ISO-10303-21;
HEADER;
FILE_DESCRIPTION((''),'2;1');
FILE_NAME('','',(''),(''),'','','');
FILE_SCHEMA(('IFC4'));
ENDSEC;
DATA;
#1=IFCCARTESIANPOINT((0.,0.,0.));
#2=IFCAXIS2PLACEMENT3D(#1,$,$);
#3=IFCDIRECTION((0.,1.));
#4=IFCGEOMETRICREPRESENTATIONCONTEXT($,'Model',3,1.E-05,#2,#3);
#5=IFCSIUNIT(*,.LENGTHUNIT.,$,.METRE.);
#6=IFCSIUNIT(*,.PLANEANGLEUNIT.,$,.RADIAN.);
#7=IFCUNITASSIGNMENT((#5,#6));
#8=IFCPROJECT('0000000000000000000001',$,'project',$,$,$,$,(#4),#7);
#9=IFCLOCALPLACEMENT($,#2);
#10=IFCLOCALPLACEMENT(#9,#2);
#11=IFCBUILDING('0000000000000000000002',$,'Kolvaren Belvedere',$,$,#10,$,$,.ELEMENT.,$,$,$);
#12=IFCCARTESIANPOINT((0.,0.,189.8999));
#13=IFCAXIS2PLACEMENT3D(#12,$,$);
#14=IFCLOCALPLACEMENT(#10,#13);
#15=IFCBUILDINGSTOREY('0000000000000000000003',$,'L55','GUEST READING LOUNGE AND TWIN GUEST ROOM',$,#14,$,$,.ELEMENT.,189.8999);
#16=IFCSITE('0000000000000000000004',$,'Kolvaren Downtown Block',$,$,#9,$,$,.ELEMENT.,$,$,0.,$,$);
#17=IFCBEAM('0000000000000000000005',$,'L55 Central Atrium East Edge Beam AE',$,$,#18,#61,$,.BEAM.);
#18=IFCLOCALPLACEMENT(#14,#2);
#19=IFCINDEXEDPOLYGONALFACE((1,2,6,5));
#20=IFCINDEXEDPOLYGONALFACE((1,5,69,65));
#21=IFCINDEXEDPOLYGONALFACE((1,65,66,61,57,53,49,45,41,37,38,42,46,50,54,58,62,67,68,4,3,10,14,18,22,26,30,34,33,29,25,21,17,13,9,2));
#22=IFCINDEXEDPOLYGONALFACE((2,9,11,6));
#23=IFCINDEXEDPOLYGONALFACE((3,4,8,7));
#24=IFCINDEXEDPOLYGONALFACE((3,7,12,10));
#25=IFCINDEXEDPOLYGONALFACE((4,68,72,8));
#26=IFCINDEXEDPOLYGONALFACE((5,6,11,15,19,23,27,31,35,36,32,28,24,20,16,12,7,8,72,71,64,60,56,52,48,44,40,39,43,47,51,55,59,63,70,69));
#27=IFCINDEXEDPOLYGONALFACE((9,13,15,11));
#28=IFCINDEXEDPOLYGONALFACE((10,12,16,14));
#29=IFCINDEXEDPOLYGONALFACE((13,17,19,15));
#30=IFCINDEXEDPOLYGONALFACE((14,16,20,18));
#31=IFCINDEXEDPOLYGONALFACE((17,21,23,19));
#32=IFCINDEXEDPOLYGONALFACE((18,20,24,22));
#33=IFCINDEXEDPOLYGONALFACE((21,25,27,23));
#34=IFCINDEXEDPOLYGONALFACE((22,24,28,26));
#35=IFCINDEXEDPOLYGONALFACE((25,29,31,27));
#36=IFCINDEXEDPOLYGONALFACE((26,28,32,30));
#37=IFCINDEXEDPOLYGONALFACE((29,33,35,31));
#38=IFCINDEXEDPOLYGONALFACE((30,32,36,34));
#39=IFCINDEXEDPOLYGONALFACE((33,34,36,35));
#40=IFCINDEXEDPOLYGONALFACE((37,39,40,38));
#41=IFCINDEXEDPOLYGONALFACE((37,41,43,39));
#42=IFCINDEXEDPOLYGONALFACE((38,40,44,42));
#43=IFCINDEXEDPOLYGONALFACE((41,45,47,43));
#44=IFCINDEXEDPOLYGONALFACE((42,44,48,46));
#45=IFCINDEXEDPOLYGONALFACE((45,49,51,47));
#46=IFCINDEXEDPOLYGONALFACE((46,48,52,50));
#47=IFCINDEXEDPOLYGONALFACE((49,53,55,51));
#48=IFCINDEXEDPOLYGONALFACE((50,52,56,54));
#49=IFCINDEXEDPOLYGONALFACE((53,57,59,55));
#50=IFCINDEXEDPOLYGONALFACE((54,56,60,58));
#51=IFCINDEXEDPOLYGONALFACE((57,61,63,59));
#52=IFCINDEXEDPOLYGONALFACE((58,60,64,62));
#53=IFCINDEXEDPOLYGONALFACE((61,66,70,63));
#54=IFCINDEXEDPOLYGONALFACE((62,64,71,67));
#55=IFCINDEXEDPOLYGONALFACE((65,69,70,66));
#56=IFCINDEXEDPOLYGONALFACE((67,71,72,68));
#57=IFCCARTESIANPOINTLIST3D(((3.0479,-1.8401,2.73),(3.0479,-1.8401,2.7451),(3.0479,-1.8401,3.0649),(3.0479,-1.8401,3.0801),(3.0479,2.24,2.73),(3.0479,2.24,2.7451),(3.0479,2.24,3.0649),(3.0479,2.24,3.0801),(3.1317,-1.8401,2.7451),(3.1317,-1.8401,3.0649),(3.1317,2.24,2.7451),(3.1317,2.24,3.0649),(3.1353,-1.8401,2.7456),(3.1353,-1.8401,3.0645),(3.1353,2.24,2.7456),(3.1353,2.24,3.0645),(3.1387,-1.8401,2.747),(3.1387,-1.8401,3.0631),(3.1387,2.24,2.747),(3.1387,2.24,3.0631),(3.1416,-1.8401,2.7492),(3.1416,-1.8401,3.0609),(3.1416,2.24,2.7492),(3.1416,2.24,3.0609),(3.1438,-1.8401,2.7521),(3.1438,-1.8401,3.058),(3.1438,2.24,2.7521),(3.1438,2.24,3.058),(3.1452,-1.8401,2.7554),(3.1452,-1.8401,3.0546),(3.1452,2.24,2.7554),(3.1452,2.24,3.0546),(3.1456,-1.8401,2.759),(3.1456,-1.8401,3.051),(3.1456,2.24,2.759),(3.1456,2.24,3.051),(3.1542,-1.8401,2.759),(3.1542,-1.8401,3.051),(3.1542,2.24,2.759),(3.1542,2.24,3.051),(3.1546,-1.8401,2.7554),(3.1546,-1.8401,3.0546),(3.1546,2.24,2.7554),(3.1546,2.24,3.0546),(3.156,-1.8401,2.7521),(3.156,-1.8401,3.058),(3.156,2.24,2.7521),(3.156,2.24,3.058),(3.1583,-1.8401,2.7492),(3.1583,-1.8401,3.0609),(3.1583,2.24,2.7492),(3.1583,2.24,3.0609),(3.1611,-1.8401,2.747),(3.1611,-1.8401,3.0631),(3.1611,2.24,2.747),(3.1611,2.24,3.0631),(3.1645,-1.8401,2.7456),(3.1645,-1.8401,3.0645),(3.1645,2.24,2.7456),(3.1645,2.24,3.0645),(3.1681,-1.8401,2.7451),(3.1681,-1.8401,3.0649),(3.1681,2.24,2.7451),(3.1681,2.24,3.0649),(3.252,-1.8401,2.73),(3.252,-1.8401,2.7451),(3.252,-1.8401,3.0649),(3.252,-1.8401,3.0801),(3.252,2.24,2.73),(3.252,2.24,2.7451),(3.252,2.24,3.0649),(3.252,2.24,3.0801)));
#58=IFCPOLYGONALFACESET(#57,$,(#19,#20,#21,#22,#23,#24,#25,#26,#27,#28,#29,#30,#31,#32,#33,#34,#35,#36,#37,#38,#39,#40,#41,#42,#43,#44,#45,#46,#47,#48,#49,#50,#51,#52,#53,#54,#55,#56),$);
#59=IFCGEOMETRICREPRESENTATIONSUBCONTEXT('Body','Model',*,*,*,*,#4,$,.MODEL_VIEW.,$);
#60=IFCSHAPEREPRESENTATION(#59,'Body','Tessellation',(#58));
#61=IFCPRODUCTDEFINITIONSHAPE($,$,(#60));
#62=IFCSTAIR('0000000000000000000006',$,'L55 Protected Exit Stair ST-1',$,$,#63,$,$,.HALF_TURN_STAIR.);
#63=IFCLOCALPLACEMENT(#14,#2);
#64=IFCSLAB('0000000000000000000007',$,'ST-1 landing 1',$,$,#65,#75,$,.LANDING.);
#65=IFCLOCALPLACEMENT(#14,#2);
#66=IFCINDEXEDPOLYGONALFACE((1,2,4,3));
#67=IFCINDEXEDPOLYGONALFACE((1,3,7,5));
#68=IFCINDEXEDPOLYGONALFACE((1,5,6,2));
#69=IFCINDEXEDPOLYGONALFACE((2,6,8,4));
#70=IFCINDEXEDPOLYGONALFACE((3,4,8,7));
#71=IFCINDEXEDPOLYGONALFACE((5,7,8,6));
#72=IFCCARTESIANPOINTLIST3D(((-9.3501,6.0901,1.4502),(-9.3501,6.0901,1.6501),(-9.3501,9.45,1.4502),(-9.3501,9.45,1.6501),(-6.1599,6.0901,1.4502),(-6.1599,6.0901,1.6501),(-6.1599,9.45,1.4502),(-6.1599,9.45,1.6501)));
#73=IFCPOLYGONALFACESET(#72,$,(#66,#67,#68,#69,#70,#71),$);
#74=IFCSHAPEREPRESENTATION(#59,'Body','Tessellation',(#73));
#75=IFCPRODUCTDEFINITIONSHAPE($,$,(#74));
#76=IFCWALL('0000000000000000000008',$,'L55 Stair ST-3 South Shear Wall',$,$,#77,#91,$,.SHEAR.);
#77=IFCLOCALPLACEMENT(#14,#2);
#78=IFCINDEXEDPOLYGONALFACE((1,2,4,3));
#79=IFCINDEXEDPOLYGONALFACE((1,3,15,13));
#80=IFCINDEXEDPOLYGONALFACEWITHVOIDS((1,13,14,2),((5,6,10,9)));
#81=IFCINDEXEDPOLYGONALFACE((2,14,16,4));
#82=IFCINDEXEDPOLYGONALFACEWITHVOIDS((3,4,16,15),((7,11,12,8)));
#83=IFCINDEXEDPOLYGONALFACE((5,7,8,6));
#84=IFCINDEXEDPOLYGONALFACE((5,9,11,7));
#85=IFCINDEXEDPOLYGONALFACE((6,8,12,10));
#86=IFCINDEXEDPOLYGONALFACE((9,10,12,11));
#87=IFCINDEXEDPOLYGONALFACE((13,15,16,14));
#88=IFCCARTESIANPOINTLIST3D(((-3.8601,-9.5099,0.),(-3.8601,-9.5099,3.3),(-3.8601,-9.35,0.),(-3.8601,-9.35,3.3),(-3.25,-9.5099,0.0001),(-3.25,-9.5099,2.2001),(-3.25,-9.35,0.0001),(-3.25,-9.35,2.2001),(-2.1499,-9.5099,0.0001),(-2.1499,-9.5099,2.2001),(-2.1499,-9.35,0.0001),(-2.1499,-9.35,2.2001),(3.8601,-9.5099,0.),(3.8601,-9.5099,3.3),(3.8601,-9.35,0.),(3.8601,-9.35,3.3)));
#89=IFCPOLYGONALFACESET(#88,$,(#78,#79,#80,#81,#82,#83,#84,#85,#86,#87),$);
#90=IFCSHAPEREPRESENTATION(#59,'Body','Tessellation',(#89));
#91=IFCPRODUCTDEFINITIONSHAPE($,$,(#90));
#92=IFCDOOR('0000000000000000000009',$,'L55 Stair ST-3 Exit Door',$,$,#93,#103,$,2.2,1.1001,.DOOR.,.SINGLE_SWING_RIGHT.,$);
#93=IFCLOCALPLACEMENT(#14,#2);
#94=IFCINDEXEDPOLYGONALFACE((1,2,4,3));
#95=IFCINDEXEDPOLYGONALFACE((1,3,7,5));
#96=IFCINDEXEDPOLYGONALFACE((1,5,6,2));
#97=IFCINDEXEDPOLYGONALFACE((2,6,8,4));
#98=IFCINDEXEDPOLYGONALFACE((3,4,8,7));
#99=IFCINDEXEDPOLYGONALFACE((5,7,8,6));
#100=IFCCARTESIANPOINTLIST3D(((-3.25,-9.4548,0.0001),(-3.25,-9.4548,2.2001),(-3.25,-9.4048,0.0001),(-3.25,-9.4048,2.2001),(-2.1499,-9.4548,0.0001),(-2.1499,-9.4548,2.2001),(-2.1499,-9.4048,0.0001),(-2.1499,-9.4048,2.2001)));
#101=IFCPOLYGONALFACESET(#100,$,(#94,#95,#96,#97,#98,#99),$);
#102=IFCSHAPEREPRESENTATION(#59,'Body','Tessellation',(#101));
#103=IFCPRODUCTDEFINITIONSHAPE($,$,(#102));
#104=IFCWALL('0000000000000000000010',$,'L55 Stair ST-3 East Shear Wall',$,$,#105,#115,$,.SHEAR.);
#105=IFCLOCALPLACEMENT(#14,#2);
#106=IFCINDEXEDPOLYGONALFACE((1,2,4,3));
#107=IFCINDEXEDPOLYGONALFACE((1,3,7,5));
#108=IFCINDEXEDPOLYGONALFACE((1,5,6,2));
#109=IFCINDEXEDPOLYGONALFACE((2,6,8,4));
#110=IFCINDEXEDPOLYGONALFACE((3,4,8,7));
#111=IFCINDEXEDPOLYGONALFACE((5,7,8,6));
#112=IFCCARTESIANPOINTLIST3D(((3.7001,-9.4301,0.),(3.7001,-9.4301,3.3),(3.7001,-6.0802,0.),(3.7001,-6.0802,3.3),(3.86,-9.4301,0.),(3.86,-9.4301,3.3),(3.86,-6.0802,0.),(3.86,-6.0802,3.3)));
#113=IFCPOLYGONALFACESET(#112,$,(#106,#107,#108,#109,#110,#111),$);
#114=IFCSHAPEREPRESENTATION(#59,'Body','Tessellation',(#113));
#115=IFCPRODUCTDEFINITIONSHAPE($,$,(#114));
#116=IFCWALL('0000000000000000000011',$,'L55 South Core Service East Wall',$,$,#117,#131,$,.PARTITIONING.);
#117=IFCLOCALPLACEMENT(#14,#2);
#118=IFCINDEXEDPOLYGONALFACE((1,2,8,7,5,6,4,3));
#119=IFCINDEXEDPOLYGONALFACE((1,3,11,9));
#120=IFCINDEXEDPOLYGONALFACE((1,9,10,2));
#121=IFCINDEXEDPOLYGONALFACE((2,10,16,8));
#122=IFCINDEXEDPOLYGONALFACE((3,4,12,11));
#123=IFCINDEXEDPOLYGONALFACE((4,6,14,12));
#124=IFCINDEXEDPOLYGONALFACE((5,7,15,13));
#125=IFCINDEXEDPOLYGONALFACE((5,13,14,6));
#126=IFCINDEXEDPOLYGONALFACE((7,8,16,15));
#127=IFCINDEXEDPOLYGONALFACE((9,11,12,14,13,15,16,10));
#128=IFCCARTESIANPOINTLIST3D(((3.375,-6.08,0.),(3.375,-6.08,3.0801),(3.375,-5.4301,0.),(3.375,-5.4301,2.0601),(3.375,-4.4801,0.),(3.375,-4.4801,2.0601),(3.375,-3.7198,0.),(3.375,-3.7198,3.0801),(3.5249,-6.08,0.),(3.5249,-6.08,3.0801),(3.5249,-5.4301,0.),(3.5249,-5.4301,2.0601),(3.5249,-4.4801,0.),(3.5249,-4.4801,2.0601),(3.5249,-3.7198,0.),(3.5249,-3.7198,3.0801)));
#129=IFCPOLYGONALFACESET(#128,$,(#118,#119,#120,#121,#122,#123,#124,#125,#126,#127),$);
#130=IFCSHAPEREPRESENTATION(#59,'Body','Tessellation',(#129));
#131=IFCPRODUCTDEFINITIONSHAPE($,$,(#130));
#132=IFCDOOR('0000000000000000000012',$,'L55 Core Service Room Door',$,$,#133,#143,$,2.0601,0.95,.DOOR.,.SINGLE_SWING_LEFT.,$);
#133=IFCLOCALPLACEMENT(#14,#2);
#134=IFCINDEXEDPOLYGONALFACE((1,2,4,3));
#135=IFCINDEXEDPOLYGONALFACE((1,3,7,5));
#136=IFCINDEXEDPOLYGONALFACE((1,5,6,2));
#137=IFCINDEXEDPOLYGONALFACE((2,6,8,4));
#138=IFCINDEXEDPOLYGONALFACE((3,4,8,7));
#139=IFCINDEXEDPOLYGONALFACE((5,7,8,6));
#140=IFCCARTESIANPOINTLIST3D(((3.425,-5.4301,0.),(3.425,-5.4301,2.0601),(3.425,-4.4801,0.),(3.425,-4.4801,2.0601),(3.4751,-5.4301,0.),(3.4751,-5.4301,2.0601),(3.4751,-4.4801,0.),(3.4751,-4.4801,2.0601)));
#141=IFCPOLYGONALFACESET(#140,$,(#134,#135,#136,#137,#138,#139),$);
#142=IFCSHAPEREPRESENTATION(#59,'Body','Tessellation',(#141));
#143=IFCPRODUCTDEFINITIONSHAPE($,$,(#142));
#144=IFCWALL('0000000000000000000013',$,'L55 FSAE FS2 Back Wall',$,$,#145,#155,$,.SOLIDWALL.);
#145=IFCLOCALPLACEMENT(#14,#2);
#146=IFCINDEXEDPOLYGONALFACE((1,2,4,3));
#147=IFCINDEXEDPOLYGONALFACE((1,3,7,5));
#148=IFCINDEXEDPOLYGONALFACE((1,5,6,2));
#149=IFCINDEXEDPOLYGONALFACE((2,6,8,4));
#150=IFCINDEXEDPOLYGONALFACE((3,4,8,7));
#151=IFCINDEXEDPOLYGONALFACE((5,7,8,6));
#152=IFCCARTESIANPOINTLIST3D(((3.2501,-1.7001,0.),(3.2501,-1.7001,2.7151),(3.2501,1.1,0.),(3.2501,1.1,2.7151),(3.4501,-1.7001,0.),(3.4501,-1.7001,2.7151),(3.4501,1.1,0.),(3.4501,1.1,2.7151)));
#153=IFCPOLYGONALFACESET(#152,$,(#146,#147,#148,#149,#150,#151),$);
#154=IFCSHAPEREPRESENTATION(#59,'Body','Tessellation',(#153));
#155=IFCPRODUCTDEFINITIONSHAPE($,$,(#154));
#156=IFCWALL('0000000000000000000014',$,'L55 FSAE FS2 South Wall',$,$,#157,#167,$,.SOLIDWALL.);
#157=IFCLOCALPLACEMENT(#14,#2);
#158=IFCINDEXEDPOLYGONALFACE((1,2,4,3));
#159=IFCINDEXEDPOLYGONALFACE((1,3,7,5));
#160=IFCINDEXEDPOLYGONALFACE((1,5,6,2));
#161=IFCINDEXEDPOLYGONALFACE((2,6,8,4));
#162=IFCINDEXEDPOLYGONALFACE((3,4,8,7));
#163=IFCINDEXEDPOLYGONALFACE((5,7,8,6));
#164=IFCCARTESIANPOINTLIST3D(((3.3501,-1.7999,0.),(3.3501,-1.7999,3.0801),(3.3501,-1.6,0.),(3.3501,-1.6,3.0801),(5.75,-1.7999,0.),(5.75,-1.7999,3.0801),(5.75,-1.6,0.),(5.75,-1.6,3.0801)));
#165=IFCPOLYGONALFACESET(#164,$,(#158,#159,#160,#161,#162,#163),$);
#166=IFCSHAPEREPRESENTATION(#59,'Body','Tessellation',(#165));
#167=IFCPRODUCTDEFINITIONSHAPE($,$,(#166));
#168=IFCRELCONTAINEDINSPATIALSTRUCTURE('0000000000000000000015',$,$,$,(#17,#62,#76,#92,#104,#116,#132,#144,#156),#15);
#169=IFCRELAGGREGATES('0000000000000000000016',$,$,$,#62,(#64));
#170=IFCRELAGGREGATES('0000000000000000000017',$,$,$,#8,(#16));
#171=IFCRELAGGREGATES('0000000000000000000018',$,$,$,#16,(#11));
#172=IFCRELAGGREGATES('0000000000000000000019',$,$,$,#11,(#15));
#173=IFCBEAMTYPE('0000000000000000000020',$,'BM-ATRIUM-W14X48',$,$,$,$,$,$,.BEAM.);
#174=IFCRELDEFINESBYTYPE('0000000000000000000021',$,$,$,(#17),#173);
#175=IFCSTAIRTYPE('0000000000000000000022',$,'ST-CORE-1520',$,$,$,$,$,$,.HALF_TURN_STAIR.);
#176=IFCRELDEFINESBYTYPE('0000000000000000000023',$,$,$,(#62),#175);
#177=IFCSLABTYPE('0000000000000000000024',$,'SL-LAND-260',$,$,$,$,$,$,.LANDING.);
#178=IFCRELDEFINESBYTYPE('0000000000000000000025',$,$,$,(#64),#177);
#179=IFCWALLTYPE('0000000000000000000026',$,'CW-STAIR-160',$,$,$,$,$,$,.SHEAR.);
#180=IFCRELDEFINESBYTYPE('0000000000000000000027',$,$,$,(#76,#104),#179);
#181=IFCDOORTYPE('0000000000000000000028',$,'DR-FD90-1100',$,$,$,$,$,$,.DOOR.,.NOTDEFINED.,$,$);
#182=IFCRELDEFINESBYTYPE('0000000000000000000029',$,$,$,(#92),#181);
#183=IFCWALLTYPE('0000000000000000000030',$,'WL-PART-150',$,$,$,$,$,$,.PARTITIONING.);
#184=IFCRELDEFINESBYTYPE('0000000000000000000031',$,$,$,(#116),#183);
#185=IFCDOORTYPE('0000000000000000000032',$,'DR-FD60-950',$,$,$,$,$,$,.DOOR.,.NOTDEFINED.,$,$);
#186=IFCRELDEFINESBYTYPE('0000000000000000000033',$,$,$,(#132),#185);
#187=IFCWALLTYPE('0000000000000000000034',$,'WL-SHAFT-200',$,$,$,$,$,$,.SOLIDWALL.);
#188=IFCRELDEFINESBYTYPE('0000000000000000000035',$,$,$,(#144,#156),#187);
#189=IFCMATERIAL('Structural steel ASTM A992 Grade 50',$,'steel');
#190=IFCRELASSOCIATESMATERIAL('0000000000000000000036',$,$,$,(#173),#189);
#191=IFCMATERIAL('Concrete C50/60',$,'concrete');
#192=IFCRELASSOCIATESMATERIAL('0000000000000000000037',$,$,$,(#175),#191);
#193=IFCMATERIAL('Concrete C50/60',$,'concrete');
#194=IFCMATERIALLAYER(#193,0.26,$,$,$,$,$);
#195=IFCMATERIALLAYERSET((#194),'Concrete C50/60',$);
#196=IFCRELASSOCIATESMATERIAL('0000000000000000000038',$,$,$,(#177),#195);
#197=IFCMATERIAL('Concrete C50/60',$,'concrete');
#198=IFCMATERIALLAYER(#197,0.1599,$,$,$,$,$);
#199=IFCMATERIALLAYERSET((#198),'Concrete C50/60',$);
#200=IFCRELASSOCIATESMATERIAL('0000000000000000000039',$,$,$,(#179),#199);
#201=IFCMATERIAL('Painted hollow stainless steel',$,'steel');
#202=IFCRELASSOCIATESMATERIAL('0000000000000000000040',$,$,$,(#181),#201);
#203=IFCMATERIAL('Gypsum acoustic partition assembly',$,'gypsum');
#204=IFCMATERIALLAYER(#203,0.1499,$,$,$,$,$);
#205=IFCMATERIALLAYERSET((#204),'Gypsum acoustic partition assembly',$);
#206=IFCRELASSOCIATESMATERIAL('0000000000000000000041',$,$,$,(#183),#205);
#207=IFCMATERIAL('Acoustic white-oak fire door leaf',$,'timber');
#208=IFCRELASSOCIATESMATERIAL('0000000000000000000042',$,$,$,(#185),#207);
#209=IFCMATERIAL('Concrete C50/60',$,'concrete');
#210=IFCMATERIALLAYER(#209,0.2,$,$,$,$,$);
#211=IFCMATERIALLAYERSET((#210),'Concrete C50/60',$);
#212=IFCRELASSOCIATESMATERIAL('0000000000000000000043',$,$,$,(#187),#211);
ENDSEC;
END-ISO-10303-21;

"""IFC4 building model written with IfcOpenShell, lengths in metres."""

from ifc_helpers import new_model, si_unit, direction, frame, frame_2d, origin, origin_2d, place, context, subcontext, project, spatial, polyline, rectangle, i_section, outline, extrude, material, layer, layer_set, material_profile, profile_set, type_object, element, fill, aggregate, save


model = new_model("IFC4")

# Units and contexts
model_context = context("Model", 3, precision=1e-05, world=origin(), true_north=direction((0.0, 1.0)))
body_context = subcontext(model_context, "Body", "Model", "MODEL_VIEW")
ifc_project = project(units=[si_unit("LENGTHUNIT", "METRE"), si_unit("PLANEANGLEUNIT", "RADIAN")], contexts=[model_context])

# Site, building, storey
site_placement = place(None, origin())
site = spatial("IfcSite", under=ifc_project, at=site_placement, Name="Kolvaren Downtown Block", CompositionType="ELEMENT", RefElevation=0.0)
building_placement = place(site_placement, origin())
building = spatial("IfcBuilding", under=site, at=building_placement, Name="Kolvaren Belvedere", CompositionType="ELEMENT")
storey_placement = place(building_placement, frame((0.0, 0.0, 189.8999)))
storey = spatial("IfcBuildingStorey", under=building, at=storey_placement, Name="L55", Description="GUEST READING LOUNGE AND TWIN GUEST ROOM", CompositionType="ELEMENT", Elevation=189.8999)

# Beam
ifc_material_1 = material(Name="Structural steel ASTM A992 Grade 50", Category="steel")
ifc_material_profile = material_profile(ifc_material_1, i_section(OverallWidth=0.2041, OverallDepth=0.3501, WebThickness=0.0085, FlangeThickness=0.0151, FilletRadius=0.0139, at=origin_2d()), Name="W14X48")
ifc_profile_set = profile_set([ifc_material_profile], Name="Structural steel ASTM A992 Grade 50")
beam_type = type_object("IfcBeamType", Name="BM-ATRIUM-W14X48", PredefinedType="BEAM", material=ifc_profile_set)
beam_placement = place(storey_placement, frame((3.1499, -1.8401, 2.905), z_axis=(0.0, 1.0, 0.0), x_axis=(-1.0, 0.0, 0.0)))
element("IfcBeam", 1, at=beam_placement, inside=storey, type_object=beam_type, Name="L55 Central Atrium East Edge Beam AE", PredefinedType="BEAM", context=body_context, shape_type="SweptSolid", body=[
    extrude(i_section(OverallWidth=0.2041, OverallDepth=0.3501, WebThickness=0.0085, FlangeThickness=0.0151, FilletRadius=0.0139, at=origin_2d()), origin(), (0.0, 0.0, 1.0), 4.0801),
])

# Stair, slab
ifc_material_2 = material(Name="Concrete C50/60", Category="concrete")
stair_type = type_object("IfcStairType", Name="ST-CORE-1520", PredefinedType="HALF_TURN_STAIR", material=ifc_material_2)
stair_1_placement = place(storey_placement, origin())
stair_1 = element("IfcStair", 2, at=stair_1_placement, inside=storey, type_object=stair_type, Name="L55 Protected Exit Stair ST-1", PredefinedType="HALF_TURN_STAIR")
ifc_material_3 = material(Name="Concrete C50/60", Category="concrete")
ifc_layer_1 = layer(ifc_material_3, 0.26)
ifc_layer_set_1 = layer_set([ifc_layer_1], Name="Concrete C50/60")
slab_type = type_object("IfcSlabType", Name="SL-LAND-260", PredefinedType="LANDING", material=ifc_layer_set_1)
slab_placement = place(storey_placement, frame((0.0, 0.0, 1.4502)))
slab = element("IfcSlab", 3, at=slab_placement, type_object=slab_type, Name="ST-1 landing 1", PredefinedType="LANDING", context=body_context, shape_type="SweptSolid", body=[
    extrude(outline(polyline([(-6.1599, 6.0901), (-6.1599, 9.45), (-9.3501, 9.45), (-9.3501, 6.0901), (-6.1599, 6.0901)])), origin(), (0.0, 0.0, 1.0), 0.2),
])
aggregate(stair_1, [slab])

# Wall, opening, door
ifc_material_4 = material(Name="Concrete C50/60", Category="concrete")
ifc_layer_2 = layer(ifc_material_4, 0.1599)
ifc_layer_set_2 = layer_set([ifc_layer_2], Name="Concrete C50/60")
wall_type_1 = type_object("IfcWallType", Name="CW-STAIR-160", PredefinedType="SHEAR", material=ifc_layer_set_2)
wall_1_placement = place(storey_placement, frame((3.8601, -9.4299, 0.0), z_axis=(0.0, 0.0, 1.0), x_axis=(-1.0, 0.0, 0.0)))
wall_1 = element("IfcWall", 4, at=wall_1_placement, inside=storey, type_object=wall_type_1, Name="L55 Stair ST-3 South Shear Wall", PredefinedType="SHEAR", context=body_context, shape_type="SweptSolid", body=[
    extrude(rectangle(XDim=7.7202, YDim=0.1599, at=frame_2d((3.8601, 0.0))), origin(), (0.0, 0.0, 1.0), 3.3),
])
opening_1_placement = place(wall_1_placement, frame((6.01, 0.0, 0.0)))
opening_1 = element("IfcOpeningElement", 5, at=opening_1_placement, cuts=wall_1, PredefinedType="OPENING", context=body_context, shape_type="SweptSolid", body=[
    extrude(rectangle(XDim=1.1001, YDim=2.2, at=frame_2d((0.55, 1.1001))), frame((0.0, 0.0898, 0.0), z_axis=(0.0, -1.0, 0.0), x_axis=(1.0, 0.0, 0.0)), (0.0, 0.0, 1.0), 0.1799),
])
ifc_material_5 = material(Name="Painted hollow stainless steel", Category="steel")
door_type_1 = type_object("IfcDoorType", Name="DR-FD90-1100", OperationType="NOTDEFINED", PredefinedType="DOOR", material=ifc_material_5)
door_1_placement = place(opening_1_placement, origin())
door_1 = element("IfcDoor", 6, at=door_1_placement, inside=storey, type_object=door_type_1, Name="L55 Stair ST-3 Exit Door", OperationType="SINGLE_SWING_RIGHT", OverallHeight=2.2, OverallWidth=1.1001, PredefinedType="DOOR", context=body_context, shape_type="SweptSolid", body=[
    extrude(rectangle(XDim=1.1001, YDim=2.2, at=frame_2d((0.55, 1.1001))), frame((0.0, 0.0249, 0.0), z_axis=(0.0, -1.0, 0.0), x_axis=(1.0, 0.0, 0.0)), (0.0, 0.0, 1.0), 0.05),
])
fill(opening_1, door_1)

# Wall
wall_2_placement = place(storey_placement, frame((3.78, -9.4299, 0.0), z_axis=(0.0, 0.0, 1.0), x_axis=(0.0, 1.0, 0.0)))
element("IfcWall", 7, at=wall_2_placement, inside=storey, type_object=wall_type_1, Name="L55 Stair ST-3 East Shear Wall", PredefinedType="SHEAR", context=body_context, shape_type="SweptSolid", body=[
    extrude(rectangle(XDim=3.3499, YDim=0.1599, at=frame_2d((1.6748, 0.0))), origin(), (0.0, 0.0, 1.0), 3.3),
])

# Wall, opening, door
ifc_material_6 = material(Name="Gypsum acoustic partition assembly", Category="gypsum")
ifc_layer_3 = layer(ifc_material_6, 0.1499)
ifc_layer_set_3 = layer_set([ifc_layer_3], Name="Gypsum acoustic partition assembly")
wall_type_2 = type_object("IfcWallType", Name="WL-PART-150", PredefinedType="PARTITIONING", material=ifc_layer_set_3)
wall_3_placement = place(storey_placement, frame((3.45, -6.0801, 0.0), z_axis=(0.0, 0.0, 1.0), x_axis=(0.0, 1.0, 0.0)))
wall_3 = element("IfcWall", 8, at=wall_3_placement, inside=storey, type_object=wall_type_2, Name="L55 South Core Service East Wall", PredefinedType="PARTITIONING", context=body_context, shape_type="SweptSolid", body=[
    extrude(rectangle(XDim=2.3601, YDim=0.1499, at=frame_2d((1.1802, 0.0))), origin(), (0.0, 0.0, 1.0), 3.0801),
])
opening_2_placement = place(wall_3_placement, frame((0.6499, 0.0, 0.0)))
opening_2 = element("IfcOpeningElement", 9, at=opening_2_placement, cuts=wall_3, PredefinedType="OPENING", context=body_context, shape_type="SweptSolid", body=[
    extrude(rectangle(XDim=0.95, YDim=2.0601, at=frame_2d((0.4751, 1.03))), frame((0.0, 0.085, 0.0), z_axis=(0.0, -1.0, 0.0), x_axis=(1.0, 0.0, 0.0)), (0.0, 0.0, 1.0), 0.1699),
])
ifc_material_7 = material(Name="Acoustic white-oak fire door leaf", Category="timber")
door_type_2 = type_object("IfcDoorType", Name="DR-FD60-950", OperationType="NOTDEFINED", PredefinedType="DOOR", material=ifc_material_7)
door_2_placement = place(opening_2_placement, origin())
door_2 = element("IfcDoor", 10, at=door_2_placement, inside=storey, type_object=door_type_2, Name="L55 Core Service Room Door", OperationType="SINGLE_SWING_LEFT", OverallHeight=2.0601, OverallWidth=0.95, PredefinedType="DOOR", context=body_context, shape_type="SweptSolid", body=[
    extrude(rectangle(XDim=0.95, YDim=2.0601, at=frame_2d((0.4751, 1.03))), frame((0.0, 0.0249, 0.0), z_axis=(0.0, -1.0, 0.0), x_axis=(1.0, 0.0, 0.0)), (0.0, 0.0, 1.0), 0.05),
])
fill(opening_2, door_2)

# Walls
ifc_material_8 = material(Name="Concrete C50/60", Category="concrete")
ifc_layer_4 = layer(ifc_material_8, 0.2)
ifc_layer_set_4 = layer_set([ifc_layer_4], Name="Concrete C50/60")
wall_type_3 = type_object("IfcWallType", Name="WL-SHAFT-200", PredefinedType="SOLIDWALL", material=ifc_layer_set_4)
wall_4_placement = place(storey_placement, frame((3.3501, -1.7, 0.0), z_axis=(0.0, 0.0, 1.0), x_axis=(0.0, 1.0, 0.0)))
element("IfcWall", 11, at=wall_4_placement, inside=storey, type_object=wall_type_3, Name="L55 FSAE FS2 Back Wall", PredefinedType="SOLIDWALL", context=body_context, shape_type="SweptSolid", body=[
    extrude(rectangle(XDim=2.8, YDim=0.2, at=frame_2d((1.3999, 0.0))), origin(), (0.0, 0.0, 1.0), 2.7151),
])
wall_5_placement = place(storey_placement, frame((3.3501, -1.7, 0.0), z_axis=(0.0, 0.0, 1.0), x_axis=(1.0, 0.0, 0.0)))
element("IfcWall", 12, at=wall_5_placement, inside=storey, type_object=wall_type_3, Name="L55 FSAE FS2 South Wall", PredefinedType="SOLIDWALL", context=body_context, shape_type="SweptSolid", body=[
    extrude(rectangle(XDim=2.3999, YDim=0.2, at=frame_2d((1.2, 0.0))), origin(), (0.0, 0.0, 1.0), 3.0801),
])

save(model, "model.ifc")
